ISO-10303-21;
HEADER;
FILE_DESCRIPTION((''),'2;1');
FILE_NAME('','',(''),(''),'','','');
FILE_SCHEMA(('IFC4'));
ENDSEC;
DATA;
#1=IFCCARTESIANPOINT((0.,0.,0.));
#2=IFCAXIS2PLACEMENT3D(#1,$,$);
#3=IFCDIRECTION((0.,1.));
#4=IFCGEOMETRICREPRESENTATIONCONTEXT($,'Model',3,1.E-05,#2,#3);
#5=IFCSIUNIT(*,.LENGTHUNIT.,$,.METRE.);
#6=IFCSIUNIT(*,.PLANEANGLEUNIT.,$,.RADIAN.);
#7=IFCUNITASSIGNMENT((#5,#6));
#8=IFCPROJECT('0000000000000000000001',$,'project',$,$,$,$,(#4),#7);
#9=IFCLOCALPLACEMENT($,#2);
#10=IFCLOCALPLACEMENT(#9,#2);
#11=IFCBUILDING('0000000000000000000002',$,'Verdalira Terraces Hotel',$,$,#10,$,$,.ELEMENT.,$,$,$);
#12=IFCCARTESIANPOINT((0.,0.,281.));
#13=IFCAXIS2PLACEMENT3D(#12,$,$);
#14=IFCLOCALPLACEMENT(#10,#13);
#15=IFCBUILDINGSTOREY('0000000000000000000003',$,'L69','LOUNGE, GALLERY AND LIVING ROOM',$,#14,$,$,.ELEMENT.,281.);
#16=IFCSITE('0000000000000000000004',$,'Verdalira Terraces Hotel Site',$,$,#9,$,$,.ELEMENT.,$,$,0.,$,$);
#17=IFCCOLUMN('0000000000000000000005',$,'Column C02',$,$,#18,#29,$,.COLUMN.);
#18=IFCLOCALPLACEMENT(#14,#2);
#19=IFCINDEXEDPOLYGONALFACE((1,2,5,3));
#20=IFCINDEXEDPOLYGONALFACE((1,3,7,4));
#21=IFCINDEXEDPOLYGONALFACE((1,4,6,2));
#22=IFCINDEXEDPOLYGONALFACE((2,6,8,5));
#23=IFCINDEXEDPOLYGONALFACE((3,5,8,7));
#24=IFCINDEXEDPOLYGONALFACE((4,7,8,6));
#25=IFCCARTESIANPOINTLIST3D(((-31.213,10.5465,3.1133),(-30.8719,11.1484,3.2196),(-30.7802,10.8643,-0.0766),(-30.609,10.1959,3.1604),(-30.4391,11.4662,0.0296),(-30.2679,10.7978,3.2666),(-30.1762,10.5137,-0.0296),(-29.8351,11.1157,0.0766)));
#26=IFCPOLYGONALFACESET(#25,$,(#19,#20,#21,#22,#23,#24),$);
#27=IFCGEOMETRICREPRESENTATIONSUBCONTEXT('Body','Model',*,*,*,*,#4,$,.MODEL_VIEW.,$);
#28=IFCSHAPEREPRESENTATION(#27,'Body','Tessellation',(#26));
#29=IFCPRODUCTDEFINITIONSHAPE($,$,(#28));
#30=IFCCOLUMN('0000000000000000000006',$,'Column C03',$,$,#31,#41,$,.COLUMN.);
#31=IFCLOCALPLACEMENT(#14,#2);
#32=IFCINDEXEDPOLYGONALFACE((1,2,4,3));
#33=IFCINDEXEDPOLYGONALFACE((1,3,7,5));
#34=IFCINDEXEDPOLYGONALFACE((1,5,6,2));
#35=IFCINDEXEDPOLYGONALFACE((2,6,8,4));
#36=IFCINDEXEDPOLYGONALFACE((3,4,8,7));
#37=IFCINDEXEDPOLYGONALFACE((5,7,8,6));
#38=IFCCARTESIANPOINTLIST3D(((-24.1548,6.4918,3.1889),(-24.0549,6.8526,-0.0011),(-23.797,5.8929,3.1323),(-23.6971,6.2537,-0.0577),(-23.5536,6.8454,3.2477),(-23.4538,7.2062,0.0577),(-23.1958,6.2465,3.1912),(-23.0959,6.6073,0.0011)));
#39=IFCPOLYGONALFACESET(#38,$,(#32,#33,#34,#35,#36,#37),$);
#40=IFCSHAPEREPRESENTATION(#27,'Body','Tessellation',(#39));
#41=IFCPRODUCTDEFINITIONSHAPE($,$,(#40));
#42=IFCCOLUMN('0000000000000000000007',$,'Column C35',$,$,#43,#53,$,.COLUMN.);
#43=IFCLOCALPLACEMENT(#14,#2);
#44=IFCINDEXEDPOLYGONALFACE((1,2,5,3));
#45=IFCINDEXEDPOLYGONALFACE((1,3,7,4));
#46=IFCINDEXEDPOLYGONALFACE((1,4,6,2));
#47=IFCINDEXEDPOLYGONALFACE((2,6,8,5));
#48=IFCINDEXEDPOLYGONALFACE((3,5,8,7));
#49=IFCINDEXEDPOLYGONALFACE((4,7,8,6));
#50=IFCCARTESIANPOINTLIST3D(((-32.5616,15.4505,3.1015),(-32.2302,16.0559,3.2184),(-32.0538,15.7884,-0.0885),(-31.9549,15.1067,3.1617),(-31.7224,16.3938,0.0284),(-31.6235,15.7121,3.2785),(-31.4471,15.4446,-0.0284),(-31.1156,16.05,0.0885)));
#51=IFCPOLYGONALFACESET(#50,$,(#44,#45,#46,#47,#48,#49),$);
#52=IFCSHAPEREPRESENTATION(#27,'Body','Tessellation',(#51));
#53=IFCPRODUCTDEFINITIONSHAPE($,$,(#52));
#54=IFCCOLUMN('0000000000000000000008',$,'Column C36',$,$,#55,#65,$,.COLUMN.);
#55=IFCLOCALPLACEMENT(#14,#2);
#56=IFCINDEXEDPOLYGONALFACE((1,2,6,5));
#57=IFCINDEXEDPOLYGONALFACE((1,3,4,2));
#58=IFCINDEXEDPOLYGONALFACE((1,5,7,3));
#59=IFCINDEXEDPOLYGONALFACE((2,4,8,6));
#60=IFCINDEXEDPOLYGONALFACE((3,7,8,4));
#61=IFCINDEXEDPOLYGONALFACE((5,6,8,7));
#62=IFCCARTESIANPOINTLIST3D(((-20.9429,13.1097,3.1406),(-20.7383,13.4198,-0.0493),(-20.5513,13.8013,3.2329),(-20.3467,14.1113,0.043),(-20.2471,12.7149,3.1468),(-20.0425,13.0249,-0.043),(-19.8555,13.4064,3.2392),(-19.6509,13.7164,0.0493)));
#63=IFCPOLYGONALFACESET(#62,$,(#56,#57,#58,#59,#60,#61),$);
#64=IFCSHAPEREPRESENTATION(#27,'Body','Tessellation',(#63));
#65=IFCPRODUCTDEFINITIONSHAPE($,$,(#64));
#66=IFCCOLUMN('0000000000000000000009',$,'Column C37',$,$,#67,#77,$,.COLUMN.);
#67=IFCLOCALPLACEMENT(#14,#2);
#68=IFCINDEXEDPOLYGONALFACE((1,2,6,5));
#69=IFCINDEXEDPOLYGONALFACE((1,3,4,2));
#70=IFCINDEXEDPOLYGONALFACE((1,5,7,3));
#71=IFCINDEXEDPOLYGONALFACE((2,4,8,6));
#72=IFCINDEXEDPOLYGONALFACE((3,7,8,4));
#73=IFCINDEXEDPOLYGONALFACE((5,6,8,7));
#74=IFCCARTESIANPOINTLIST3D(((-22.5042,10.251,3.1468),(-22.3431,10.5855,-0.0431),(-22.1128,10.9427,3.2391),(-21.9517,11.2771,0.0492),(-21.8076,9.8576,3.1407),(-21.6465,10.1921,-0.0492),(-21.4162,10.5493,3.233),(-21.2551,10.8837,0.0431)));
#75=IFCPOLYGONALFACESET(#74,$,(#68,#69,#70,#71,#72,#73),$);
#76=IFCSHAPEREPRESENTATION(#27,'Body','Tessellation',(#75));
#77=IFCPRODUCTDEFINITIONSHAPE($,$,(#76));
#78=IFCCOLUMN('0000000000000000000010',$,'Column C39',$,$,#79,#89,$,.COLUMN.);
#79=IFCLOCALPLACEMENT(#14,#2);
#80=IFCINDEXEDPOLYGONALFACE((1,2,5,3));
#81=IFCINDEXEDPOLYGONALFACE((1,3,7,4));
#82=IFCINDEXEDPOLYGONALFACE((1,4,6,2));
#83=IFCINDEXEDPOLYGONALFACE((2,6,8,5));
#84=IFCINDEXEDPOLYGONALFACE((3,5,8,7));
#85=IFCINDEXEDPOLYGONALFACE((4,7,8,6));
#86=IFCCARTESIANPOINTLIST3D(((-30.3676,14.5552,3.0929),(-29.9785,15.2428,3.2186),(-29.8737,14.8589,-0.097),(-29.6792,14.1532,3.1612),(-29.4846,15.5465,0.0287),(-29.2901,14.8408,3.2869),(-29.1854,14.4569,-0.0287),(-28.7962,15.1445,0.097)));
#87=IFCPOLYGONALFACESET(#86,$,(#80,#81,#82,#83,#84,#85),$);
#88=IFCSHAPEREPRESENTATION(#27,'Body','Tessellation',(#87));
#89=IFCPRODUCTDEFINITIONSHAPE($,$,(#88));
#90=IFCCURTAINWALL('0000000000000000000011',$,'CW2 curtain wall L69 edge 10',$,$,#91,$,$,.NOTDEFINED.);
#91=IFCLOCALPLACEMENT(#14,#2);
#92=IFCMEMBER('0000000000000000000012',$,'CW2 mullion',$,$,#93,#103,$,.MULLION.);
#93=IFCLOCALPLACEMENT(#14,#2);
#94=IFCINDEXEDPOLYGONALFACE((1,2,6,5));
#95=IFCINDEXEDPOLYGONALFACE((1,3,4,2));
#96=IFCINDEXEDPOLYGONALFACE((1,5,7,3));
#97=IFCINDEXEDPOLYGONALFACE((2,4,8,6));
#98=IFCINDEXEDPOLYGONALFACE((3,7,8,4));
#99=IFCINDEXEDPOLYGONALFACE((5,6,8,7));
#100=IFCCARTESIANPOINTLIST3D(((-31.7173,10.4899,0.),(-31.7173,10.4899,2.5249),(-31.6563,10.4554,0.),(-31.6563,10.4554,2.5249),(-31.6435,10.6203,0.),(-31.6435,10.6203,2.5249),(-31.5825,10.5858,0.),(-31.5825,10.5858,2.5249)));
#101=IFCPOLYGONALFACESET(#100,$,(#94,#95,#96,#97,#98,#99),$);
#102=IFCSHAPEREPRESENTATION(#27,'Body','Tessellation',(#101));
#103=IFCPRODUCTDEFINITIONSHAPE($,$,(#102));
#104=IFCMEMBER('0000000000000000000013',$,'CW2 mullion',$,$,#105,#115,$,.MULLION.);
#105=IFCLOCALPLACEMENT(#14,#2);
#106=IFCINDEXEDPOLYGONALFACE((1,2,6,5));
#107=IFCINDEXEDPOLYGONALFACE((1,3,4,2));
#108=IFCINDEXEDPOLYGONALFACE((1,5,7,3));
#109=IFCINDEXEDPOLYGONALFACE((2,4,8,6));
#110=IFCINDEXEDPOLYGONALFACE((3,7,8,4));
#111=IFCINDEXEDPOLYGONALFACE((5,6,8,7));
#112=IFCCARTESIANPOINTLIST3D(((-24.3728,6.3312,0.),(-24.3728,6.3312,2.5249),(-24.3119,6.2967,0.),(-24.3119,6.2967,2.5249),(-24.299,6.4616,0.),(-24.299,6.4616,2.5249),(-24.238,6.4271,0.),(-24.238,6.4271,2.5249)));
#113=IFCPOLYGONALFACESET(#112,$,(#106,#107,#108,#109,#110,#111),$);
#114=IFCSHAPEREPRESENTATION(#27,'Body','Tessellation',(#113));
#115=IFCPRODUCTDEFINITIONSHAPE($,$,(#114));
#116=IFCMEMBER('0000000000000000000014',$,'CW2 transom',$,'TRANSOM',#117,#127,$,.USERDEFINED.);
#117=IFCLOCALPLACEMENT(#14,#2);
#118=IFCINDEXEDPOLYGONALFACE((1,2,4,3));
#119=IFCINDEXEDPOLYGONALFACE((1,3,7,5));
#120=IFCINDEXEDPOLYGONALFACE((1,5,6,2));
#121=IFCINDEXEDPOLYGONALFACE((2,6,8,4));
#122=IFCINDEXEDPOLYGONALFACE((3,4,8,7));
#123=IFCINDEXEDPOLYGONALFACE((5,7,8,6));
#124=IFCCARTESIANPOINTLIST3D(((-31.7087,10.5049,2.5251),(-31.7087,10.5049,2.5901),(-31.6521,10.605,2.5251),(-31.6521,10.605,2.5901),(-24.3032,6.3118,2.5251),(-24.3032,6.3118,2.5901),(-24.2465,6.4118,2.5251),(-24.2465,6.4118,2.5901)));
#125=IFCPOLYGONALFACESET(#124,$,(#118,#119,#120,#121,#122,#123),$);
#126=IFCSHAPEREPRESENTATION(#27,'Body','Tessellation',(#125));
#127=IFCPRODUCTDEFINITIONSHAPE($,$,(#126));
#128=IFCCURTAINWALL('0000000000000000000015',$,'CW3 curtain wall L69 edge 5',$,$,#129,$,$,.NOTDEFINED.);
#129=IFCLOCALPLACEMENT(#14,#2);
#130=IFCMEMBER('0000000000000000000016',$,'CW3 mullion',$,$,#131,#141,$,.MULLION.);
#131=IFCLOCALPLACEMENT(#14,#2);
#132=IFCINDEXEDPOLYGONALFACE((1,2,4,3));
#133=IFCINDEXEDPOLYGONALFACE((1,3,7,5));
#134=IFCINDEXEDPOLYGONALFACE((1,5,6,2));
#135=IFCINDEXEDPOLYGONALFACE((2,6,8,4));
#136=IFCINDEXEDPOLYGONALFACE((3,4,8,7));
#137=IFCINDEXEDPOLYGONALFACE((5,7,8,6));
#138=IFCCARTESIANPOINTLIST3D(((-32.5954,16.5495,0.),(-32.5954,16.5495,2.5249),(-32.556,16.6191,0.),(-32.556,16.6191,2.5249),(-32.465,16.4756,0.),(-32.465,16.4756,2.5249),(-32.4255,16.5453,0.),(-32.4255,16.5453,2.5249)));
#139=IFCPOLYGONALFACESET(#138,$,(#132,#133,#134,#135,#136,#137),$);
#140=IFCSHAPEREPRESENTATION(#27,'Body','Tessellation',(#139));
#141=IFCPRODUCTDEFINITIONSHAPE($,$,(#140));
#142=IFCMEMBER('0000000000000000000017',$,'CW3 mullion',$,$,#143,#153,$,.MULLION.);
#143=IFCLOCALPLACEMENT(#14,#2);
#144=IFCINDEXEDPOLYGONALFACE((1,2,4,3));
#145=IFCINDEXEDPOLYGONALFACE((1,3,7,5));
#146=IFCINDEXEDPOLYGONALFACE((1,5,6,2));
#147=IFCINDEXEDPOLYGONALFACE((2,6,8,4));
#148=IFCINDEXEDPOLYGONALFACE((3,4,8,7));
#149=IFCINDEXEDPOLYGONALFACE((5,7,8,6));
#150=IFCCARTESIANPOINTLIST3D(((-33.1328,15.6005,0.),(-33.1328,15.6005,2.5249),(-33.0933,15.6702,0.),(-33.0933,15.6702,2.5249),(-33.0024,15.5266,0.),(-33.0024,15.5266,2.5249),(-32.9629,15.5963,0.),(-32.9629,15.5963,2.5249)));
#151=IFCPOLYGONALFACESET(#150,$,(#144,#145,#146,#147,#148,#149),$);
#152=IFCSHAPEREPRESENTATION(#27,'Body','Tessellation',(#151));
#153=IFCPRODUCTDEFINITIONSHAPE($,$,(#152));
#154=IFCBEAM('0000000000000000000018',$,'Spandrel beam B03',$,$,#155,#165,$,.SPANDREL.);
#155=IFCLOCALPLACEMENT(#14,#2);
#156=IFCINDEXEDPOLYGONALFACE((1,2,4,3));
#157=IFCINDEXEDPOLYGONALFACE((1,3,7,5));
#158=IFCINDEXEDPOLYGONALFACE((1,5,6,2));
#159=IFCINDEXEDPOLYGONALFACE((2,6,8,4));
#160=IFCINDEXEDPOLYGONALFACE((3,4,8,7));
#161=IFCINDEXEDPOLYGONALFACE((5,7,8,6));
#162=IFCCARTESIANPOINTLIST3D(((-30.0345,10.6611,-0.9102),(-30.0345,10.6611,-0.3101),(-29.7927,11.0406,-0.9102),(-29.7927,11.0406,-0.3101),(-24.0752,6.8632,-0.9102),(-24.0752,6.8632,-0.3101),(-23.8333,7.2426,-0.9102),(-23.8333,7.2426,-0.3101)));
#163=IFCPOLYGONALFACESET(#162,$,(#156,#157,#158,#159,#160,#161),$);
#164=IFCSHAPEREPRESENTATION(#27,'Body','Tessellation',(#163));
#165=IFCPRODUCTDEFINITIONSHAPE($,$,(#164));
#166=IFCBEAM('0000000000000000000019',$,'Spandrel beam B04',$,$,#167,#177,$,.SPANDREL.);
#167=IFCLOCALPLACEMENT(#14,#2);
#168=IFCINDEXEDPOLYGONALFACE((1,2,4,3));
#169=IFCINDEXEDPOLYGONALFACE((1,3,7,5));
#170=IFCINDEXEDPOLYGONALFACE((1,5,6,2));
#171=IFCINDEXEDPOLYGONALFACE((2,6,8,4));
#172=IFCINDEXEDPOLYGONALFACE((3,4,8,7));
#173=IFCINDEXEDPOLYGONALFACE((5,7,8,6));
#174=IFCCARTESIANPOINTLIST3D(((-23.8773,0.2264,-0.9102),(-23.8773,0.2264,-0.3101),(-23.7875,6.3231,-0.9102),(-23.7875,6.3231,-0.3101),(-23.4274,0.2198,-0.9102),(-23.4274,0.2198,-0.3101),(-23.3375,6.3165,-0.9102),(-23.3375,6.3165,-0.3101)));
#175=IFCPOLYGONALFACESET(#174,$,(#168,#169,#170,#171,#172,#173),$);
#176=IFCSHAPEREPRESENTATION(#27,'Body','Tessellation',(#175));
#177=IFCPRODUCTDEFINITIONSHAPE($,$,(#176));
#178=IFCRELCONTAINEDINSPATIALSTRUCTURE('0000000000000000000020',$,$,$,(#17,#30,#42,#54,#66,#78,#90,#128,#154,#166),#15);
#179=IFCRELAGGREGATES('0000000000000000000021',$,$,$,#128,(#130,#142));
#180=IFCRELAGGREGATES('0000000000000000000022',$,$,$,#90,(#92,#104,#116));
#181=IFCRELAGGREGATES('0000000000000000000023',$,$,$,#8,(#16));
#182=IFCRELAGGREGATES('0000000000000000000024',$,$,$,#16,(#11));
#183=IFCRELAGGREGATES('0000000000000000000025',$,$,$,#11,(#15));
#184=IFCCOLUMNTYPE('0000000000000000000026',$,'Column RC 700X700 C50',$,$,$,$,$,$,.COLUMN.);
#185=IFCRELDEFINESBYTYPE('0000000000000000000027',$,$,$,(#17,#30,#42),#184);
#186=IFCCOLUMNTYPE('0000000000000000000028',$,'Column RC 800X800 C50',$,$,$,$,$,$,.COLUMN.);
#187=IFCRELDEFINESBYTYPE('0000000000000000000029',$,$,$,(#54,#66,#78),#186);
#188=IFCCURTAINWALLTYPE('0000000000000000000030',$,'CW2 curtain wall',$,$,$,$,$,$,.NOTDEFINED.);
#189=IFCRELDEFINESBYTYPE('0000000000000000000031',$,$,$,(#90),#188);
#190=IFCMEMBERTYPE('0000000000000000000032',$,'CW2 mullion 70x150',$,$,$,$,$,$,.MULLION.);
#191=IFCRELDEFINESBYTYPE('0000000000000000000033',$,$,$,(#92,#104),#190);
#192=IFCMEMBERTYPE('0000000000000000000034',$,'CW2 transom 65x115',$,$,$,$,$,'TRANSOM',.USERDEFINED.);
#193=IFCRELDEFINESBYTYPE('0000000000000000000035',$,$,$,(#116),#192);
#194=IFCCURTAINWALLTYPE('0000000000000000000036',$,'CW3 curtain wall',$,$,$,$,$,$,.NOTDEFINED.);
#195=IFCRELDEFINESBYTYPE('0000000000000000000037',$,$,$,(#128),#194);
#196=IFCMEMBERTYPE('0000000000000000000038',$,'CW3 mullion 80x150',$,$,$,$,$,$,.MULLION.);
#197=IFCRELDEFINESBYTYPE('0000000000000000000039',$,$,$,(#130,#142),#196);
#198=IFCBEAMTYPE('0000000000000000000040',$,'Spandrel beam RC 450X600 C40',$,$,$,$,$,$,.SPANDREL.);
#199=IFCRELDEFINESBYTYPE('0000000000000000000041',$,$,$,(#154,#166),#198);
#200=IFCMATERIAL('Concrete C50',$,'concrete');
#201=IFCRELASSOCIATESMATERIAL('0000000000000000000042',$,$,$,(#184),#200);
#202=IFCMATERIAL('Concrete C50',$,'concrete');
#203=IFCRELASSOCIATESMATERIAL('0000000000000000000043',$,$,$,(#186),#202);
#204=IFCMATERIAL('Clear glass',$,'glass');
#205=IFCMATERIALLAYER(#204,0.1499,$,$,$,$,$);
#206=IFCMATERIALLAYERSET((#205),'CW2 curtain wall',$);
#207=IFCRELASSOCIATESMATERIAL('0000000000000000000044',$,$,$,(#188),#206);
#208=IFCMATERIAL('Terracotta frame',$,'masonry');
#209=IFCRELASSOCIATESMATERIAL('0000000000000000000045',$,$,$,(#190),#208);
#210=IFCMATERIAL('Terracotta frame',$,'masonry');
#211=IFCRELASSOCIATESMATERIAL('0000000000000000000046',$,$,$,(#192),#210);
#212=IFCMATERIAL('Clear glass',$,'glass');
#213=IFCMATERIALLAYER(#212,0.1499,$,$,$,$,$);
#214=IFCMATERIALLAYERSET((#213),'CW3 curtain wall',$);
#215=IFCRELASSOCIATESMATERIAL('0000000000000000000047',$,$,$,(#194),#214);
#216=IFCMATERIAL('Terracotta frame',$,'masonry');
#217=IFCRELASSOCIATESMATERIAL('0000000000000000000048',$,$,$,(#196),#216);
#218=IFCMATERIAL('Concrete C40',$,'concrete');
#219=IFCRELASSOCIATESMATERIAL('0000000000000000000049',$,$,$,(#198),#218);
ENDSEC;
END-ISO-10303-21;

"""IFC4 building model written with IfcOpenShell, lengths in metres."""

from ifc_helpers import new_model, si_unit, direction, frame, origin, origin_2d, place, context, subcontext, project, spatial, rectangle, extrude, material, layer, layer_set, material_profile, profile_set, type_object, element, aggregate, save


model = new_model("IFC4")

# Units and contexts
model_context = context("Model", 3, precision=1e-05, world=origin(), true_north=direction((0.0, 1.0)))
body_context = subcontext(model_context, "Body", "Model", "MODEL_VIEW")
ifc_project = project(units=[si_unit("LENGTHUNIT", "METRE"), si_unit("PLANEANGLEUNIT", "RADIAN")], contexts=[model_context])

# Site, building, storey
site_placement = place(None, origin())
site = spatial("IfcSite", under=ifc_project, at=site_placement, Name="Verdalira Terraces Hotel Site", CompositionType="ELEMENT", RefElevation=0.0)
building_placement = place(site_placement, origin())
building = spatial("IfcBuilding", under=site, at=building_placement, Name="Verdalira Terraces Hotel", CompositionType="ELEMENT")
storey_placement = place(building_placement, frame((0.0, 0.0, 281.0)))
storey = spatial("IfcBuildingStorey", under=building, at=storey_placement, Name="L69", Description="LOUNGE, GALLERY AND LIVING ROOM", CompositionType="ELEMENT", Elevation=281.0)

# Columns
ifc_material_1 = material(Name="Concrete C50", Category="concrete")
ifc_material_profile_1 = material_profile(ifc_material_1, rectangle(XDim=0.7, YDim=0.7, at=origin_2d()), Name="RC 700X700")
ifc_profile_set_1 = profile_set([ifc_material_profile_1], Name="Concrete C50")
column_type_1 = type_object("IfcColumnType", Name="Column RC 700X700 C50", PredefinedType="COLUMN", material=ifc_profile_set_1)
column_1_placement = place(storey_placement, frame((-30.3076, 10.99, 0.0), z_axis=(-0.133813, -0.098265, 0.986123), x_axis=(0.862916, -0.500862, 0.067184)))
element("IfcColumn", 1, at=column_1_placement, inside=storey, type_object=column_type_1, Name="Column C02", PredefinedType="COLUMN", context=body_context, shape_type="SweptSolid", body=[
    extrude(rectangle(XDim=0.7, YDim=0.7, at=origin_2d()), origin(), (0.0, 0.0, 1.0), 3.2349),
])
column_2_placement = place(storey_placement, frame((-23.5754, 6.73, 0.0), z_axis=(-0.031089, -0.112347, 0.993183), x_axis=(-0.511201, 0.855656, 0.080788)))
element("IfcColumn", 2, at=column_2_placement, inside=storey, type_object=column_type_1, Name="Column C03", PredefinedType="COLUMN", context=body_context, shape_type="SweptSolid", body=[
    extrude(rectangle(XDim=0.7, YDim=0.7, at=origin_2d()), origin(), (0.0, 0.0, 1.0), 3.2119),
])
column_3_placement = place(storey_placement, frame((-31.5847, 15.9192, 0.0), z_axis=(-0.156359, -0.104039, 0.982206), x_axis=(-0.473484, -0.86483, -0.166981)))
element("IfcColumn", 3, at=column_3_placement, inside=storey, type_object=column_type_1, Name="Column C35", PredefinedType="COLUMN", context=body_context, shape_type="SweptSolid", body=[
    extrude(rectangle(XDim=0.7, YDim=0.7, at=origin_2d()), origin(), (0.0, 0.0, 1.0), 3.2478),
])
ifc_material_2 = material(Name="Concrete C50", Category="concrete")
ifc_material_profile_2 = material_profile(ifc_material_2, rectangle(XDim=0.8, YDim=0.8, at=origin_2d()), Name="RC 800X800")
ifc_profile_set_2 = profile_set([ifc_material_profile_2], Name="Concrete C50")
column_type_2 = type_object("IfcColumnType", Name="Column RC 800X800 C50", PredefinedType="COLUMN", material=ifc_profile_set_2)
for number, where, z_axis, x_axis, name in (
    (4, (-20.1946, 13.5681, 0.0), (-0.063705, -0.096546, 0.993288), (-0.86969, 0.493537, -0.007807), "Column C36"),
    (5, (-21.7991, 10.7346, 0.0), (-0.050174, -0.104149, 0.993295), (-0.870716, 0.491727, 0.007576), "Column C37"),
):
    element("IfcColumn", number, at=place(storey_placement, frame(where, z_axis=z_axis, x_axis=x_axis)), inside=storey, type_object=column_type_2, Name=name, PredefinedType="COLUMN", context=body_context, shape_type="SweptSolid", body=[
        extrude(rectangle(XDim=0.8, YDim=0.8, at=origin_2d()), origin(), (0.0, 0.0, 1.0), 3.2114),
    ])
column_4_placement = place(storey_placement, frame((-29.335, 15.0017, 0.0), z_axis=(-0.152333, -0.093674, 0.98388), x_axis=(-0.860372, 0.502465, -0.085372)))
element("IfcColumn", 6, at=column_4_placement, inside=storey, type_object=column_type_2, Name="Column C39", PredefinedType="COLUMN", context=body_context, shape_type="SweptSolid", body=[
    extrude(rectangle(XDim=0.8, YDim=0.8, at=origin_2d()), origin(), (0.0, 0.0, 1.0), 3.2422),
])

# Curtain walls, members
ifc_material_3 = material(Name="Clear glass", Category="glass")
ifc_layer_1 = layer(ifc_material_3, 0.1499)
ifc_layer_set_1 = layer_set([ifc_layer_1], Name="CW2 curtain wall")
curtain_wall_type_1 = type_object("IfcCurtainWallType", Name="CW2 curtain wall", PredefinedType="NOTDEFINED", material=ifc_layer_set_1)
curtain_wall_1_placement = place(storey_placement, origin())
curtain_wall_1 = element("IfcCurtainWall", 7, at=curtain_wall_1_placement, inside=storey, type_object=curtain_wall_type_1, Name="CW2 curtain wall L69 edge 10", PredefinedType="NOTDEFINED")
ifc_material_4 = material(Name="Terracotta frame", Category="masonry")
ifc_material_profile_3 = material_profile(ifc_material_4, rectangle(XDim=0.0701, YDim=0.1499, at=origin_2d()), Name="MU 70x150")
ifc_profile_set_3 = profile_set([ifc_material_profile_3], Name="Terracotta frame")
member_type_1 = type_object("IfcMemberType", Name="CW2 mullion 70x150", PredefinedType="MULLION", material=ifc_profile_set_3)
member_1_placement = place(storey_placement, frame((-31.6499, 10.5378, 0.0), z_axis=(0.0, 0.0, 1.0), x_axis=(0.870184, -0.492727, 0.0)))
member_1 = element("IfcMember", 8, at=member_1_placement, type_object=member_type_1, Name="CW2 mullion", PredefinedType="MULLION", context=body_context, shape_type="SweptSolid", body=[
    extrude(rectangle(XDim=0.0701, YDim=0.1499, at=origin_2d()), origin(), (0.0, 0.0, 1.0), 2.5249),
])
member_2_placement = place(storey_placement, frame((-24.3054, 6.3792, 0.0), z_axis=(0.0, 0.0, 1.0), x_axis=(0.870184, -0.492727, 0.0)))
member_2 = element("IfcMember", 9, at=member_2_placement, type_object=member_type_1, Name="CW2 mullion", PredefinedType="MULLION", context=body_context, shape_type="SweptSolid", body=[
    extrude(rectangle(XDim=0.0701, YDim=0.1499, at=origin_2d()), origin(), (0.0, 0.0, 1.0), 2.5249),
])
ifc_material_5 = material(Name="Terracotta frame", Category="masonry")
ifc_material_profile_4 = material_profile(ifc_material_5, rectangle(XDim=0.115, YDim=0.0649, at=origin_2d()), Name="TR 65x115")
ifc_profile_set_4 = profile_set([ifc_material_profile_4], Name="Terracotta frame")
member_type_2 = type_object("IfcMemberType", Name="CW2 transom 65x115", ElementType="TRANSOM", PredefinedType="USERDEFINED", material=ifc_profile_set_4)
member_3_placement = place(storey_placement, frame((-31.6804, 10.5549, 2.5576), z_axis=(0.870191, -0.492715, 0.0), x_axis=(0.492715, 0.870191, 0.0)))
member_3 = element("IfcMember", 10, at=member_3_placement, type_object=member_type_2, Name="CW2 transom", ObjectType="TRANSOM", PredefinedType="USERDEFINED", context=body_context, shape_type="SweptSolid", body=[
    extrude(rectangle(XDim=0.115, YDim=0.0649, at=origin_2d()), origin(), (0.0, 0.0, 1.0), 8.5103),
])
ifc_material_6 = material(Name="Clear glass", Category="glass")
ifc_layer_2 = layer(ifc_material_6, 0.1499)
ifc_layer_set_2 = layer_set([ifc_layer_2], Name="CW3 curtain wall")
curtain_wall_type_2 = type_object("IfcCurtainWallType", Name="CW3 curtain wall", PredefinedType="NOTDEFINED", material=ifc_layer_set_2)
curtain_wall_2_placement = place(storey_placement, origin())
curtain_wall_2 = element("IfcCurtainWall", 11, at=curtain_wall_2_placement, inside=storey, type_object=curtain_wall_type_2, Name="CW3 curtain wall L69 edge 5", PredefinedType="NOTDEFINED")
ifc_material_7 = material(Name="Terracotta frame", Category="masonry")
ifc_material_profile_5 = material_profile(ifc_material_7, rectangle(XDim=0.0801, YDim=0.1499, at=origin_2d()), Name="MU 80x150")
ifc_profile_set_5 = profile_set([ifc_material_profile_5], Name="Terracotta frame")
member_type_3 = type_object("IfcMemberType", Name="CW3 mullion 80x150", PredefinedType="MULLION", material=ifc_profile_set_5)
member_4_placement = place(storey_placement, frame((-32.5105, 16.5474, 0.0), z_axis=(0.0, 0.0, 1.0), x_axis=(-0.492727, -0.870184, 0.0)))
member_4 = element("IfcMember", 12, at=member_4_placement, type_object=member_type_3, Name="CW3 mullion", PredefinedType="MULLION", context=body_context, shape_type="SweptSolid", body=[
    extrude(rectangle(XDim=0.0801, YDim=0.1499, at=origin_2d()), origin(), (0.0, 0.0, 1.0), 2.5249),
])
member_5_placement = place(storey_placement, frame((-33.0479, 15.5984, 0.0), z_axis=(0.0, 0.0, 1.0), x_axis=(-0.492727, -0.870184, 0.0)))
member_5 = element("IfcMember", 13, at=member_5_placement, type_object=member_type_3, Name="CW3 mullion", PredefinedType="MULLION", context=body_context, shape_type="SweptSolid", body=[
    extrude(rectangle(XDim=0.0801, YDim=0.1499, at=origin_2d()), origin(), (0.0, 0.0, 1.0), 2.5249),
])
aggregate(curtain_wall_2, [member_4, member_5])

# Beams
ifc_material_8 = material(Name="Concrete C40", Category="concrete")
ifc_material_profile_6 = material_profile(ifc_material_8, rectangle(XDim=0.45, YDim=0.6001, at=origin_2d()), Name="RC 450X600")
ifc_profile_set_6 = profile_set([ifc_material_profile_6], Name="Concrete C40")
beam_type = type_object("IfcBeamType", Name="Spandrel beam RC 450X600 C40", PredefinedType="SPANDREL", material=ifc_profile_set_6)
beam_1_placement = place(storey_placement, frame((-29.9136, 10.8508, -0.6101), z_axis=(0.843301, -0.537441, 0.0), x_axis=(0.537441, 0.843301, 0.0)))
element("IfcBeam", 14, at=beam_1_placement, inside=storey, type_object=beam_type, Name="Spandrel beam B03", PredefinedType="SPANDREL", context=body_context, shape_type="SweptSolid", body=[
    extrude(rectangle(XDim=0.45, YDim=0.6001, at=origin_2d()), origin(), (0.0, 0.0, 1.0), 7.0667),
])
beam_2_placement = place(storey_placement, frame((-23.5625, 6.3198, -0.6101), z_axis=(-0.014735, -0.999891, 0.0), x_axis=(0.999891, -0.014735, 0.0)))
element("IfcBeam", 15, at=beam_2_placement, inside=storey, type_object=beam_type, Name="Spandrel beam B04", PredefinedType="SPANDREL", context=body_context, shape_type="SweptSolid", body=[
    extrude(rectangle(XDim=0.45, YDim=0.6001, at=origin_2d()), origin(), (0.0, 0.0, 1.0), 6.0974),
])

aggregate(curtain_wall_1, [member_1, member_2, member_3])

save(model, "model.ifc")
